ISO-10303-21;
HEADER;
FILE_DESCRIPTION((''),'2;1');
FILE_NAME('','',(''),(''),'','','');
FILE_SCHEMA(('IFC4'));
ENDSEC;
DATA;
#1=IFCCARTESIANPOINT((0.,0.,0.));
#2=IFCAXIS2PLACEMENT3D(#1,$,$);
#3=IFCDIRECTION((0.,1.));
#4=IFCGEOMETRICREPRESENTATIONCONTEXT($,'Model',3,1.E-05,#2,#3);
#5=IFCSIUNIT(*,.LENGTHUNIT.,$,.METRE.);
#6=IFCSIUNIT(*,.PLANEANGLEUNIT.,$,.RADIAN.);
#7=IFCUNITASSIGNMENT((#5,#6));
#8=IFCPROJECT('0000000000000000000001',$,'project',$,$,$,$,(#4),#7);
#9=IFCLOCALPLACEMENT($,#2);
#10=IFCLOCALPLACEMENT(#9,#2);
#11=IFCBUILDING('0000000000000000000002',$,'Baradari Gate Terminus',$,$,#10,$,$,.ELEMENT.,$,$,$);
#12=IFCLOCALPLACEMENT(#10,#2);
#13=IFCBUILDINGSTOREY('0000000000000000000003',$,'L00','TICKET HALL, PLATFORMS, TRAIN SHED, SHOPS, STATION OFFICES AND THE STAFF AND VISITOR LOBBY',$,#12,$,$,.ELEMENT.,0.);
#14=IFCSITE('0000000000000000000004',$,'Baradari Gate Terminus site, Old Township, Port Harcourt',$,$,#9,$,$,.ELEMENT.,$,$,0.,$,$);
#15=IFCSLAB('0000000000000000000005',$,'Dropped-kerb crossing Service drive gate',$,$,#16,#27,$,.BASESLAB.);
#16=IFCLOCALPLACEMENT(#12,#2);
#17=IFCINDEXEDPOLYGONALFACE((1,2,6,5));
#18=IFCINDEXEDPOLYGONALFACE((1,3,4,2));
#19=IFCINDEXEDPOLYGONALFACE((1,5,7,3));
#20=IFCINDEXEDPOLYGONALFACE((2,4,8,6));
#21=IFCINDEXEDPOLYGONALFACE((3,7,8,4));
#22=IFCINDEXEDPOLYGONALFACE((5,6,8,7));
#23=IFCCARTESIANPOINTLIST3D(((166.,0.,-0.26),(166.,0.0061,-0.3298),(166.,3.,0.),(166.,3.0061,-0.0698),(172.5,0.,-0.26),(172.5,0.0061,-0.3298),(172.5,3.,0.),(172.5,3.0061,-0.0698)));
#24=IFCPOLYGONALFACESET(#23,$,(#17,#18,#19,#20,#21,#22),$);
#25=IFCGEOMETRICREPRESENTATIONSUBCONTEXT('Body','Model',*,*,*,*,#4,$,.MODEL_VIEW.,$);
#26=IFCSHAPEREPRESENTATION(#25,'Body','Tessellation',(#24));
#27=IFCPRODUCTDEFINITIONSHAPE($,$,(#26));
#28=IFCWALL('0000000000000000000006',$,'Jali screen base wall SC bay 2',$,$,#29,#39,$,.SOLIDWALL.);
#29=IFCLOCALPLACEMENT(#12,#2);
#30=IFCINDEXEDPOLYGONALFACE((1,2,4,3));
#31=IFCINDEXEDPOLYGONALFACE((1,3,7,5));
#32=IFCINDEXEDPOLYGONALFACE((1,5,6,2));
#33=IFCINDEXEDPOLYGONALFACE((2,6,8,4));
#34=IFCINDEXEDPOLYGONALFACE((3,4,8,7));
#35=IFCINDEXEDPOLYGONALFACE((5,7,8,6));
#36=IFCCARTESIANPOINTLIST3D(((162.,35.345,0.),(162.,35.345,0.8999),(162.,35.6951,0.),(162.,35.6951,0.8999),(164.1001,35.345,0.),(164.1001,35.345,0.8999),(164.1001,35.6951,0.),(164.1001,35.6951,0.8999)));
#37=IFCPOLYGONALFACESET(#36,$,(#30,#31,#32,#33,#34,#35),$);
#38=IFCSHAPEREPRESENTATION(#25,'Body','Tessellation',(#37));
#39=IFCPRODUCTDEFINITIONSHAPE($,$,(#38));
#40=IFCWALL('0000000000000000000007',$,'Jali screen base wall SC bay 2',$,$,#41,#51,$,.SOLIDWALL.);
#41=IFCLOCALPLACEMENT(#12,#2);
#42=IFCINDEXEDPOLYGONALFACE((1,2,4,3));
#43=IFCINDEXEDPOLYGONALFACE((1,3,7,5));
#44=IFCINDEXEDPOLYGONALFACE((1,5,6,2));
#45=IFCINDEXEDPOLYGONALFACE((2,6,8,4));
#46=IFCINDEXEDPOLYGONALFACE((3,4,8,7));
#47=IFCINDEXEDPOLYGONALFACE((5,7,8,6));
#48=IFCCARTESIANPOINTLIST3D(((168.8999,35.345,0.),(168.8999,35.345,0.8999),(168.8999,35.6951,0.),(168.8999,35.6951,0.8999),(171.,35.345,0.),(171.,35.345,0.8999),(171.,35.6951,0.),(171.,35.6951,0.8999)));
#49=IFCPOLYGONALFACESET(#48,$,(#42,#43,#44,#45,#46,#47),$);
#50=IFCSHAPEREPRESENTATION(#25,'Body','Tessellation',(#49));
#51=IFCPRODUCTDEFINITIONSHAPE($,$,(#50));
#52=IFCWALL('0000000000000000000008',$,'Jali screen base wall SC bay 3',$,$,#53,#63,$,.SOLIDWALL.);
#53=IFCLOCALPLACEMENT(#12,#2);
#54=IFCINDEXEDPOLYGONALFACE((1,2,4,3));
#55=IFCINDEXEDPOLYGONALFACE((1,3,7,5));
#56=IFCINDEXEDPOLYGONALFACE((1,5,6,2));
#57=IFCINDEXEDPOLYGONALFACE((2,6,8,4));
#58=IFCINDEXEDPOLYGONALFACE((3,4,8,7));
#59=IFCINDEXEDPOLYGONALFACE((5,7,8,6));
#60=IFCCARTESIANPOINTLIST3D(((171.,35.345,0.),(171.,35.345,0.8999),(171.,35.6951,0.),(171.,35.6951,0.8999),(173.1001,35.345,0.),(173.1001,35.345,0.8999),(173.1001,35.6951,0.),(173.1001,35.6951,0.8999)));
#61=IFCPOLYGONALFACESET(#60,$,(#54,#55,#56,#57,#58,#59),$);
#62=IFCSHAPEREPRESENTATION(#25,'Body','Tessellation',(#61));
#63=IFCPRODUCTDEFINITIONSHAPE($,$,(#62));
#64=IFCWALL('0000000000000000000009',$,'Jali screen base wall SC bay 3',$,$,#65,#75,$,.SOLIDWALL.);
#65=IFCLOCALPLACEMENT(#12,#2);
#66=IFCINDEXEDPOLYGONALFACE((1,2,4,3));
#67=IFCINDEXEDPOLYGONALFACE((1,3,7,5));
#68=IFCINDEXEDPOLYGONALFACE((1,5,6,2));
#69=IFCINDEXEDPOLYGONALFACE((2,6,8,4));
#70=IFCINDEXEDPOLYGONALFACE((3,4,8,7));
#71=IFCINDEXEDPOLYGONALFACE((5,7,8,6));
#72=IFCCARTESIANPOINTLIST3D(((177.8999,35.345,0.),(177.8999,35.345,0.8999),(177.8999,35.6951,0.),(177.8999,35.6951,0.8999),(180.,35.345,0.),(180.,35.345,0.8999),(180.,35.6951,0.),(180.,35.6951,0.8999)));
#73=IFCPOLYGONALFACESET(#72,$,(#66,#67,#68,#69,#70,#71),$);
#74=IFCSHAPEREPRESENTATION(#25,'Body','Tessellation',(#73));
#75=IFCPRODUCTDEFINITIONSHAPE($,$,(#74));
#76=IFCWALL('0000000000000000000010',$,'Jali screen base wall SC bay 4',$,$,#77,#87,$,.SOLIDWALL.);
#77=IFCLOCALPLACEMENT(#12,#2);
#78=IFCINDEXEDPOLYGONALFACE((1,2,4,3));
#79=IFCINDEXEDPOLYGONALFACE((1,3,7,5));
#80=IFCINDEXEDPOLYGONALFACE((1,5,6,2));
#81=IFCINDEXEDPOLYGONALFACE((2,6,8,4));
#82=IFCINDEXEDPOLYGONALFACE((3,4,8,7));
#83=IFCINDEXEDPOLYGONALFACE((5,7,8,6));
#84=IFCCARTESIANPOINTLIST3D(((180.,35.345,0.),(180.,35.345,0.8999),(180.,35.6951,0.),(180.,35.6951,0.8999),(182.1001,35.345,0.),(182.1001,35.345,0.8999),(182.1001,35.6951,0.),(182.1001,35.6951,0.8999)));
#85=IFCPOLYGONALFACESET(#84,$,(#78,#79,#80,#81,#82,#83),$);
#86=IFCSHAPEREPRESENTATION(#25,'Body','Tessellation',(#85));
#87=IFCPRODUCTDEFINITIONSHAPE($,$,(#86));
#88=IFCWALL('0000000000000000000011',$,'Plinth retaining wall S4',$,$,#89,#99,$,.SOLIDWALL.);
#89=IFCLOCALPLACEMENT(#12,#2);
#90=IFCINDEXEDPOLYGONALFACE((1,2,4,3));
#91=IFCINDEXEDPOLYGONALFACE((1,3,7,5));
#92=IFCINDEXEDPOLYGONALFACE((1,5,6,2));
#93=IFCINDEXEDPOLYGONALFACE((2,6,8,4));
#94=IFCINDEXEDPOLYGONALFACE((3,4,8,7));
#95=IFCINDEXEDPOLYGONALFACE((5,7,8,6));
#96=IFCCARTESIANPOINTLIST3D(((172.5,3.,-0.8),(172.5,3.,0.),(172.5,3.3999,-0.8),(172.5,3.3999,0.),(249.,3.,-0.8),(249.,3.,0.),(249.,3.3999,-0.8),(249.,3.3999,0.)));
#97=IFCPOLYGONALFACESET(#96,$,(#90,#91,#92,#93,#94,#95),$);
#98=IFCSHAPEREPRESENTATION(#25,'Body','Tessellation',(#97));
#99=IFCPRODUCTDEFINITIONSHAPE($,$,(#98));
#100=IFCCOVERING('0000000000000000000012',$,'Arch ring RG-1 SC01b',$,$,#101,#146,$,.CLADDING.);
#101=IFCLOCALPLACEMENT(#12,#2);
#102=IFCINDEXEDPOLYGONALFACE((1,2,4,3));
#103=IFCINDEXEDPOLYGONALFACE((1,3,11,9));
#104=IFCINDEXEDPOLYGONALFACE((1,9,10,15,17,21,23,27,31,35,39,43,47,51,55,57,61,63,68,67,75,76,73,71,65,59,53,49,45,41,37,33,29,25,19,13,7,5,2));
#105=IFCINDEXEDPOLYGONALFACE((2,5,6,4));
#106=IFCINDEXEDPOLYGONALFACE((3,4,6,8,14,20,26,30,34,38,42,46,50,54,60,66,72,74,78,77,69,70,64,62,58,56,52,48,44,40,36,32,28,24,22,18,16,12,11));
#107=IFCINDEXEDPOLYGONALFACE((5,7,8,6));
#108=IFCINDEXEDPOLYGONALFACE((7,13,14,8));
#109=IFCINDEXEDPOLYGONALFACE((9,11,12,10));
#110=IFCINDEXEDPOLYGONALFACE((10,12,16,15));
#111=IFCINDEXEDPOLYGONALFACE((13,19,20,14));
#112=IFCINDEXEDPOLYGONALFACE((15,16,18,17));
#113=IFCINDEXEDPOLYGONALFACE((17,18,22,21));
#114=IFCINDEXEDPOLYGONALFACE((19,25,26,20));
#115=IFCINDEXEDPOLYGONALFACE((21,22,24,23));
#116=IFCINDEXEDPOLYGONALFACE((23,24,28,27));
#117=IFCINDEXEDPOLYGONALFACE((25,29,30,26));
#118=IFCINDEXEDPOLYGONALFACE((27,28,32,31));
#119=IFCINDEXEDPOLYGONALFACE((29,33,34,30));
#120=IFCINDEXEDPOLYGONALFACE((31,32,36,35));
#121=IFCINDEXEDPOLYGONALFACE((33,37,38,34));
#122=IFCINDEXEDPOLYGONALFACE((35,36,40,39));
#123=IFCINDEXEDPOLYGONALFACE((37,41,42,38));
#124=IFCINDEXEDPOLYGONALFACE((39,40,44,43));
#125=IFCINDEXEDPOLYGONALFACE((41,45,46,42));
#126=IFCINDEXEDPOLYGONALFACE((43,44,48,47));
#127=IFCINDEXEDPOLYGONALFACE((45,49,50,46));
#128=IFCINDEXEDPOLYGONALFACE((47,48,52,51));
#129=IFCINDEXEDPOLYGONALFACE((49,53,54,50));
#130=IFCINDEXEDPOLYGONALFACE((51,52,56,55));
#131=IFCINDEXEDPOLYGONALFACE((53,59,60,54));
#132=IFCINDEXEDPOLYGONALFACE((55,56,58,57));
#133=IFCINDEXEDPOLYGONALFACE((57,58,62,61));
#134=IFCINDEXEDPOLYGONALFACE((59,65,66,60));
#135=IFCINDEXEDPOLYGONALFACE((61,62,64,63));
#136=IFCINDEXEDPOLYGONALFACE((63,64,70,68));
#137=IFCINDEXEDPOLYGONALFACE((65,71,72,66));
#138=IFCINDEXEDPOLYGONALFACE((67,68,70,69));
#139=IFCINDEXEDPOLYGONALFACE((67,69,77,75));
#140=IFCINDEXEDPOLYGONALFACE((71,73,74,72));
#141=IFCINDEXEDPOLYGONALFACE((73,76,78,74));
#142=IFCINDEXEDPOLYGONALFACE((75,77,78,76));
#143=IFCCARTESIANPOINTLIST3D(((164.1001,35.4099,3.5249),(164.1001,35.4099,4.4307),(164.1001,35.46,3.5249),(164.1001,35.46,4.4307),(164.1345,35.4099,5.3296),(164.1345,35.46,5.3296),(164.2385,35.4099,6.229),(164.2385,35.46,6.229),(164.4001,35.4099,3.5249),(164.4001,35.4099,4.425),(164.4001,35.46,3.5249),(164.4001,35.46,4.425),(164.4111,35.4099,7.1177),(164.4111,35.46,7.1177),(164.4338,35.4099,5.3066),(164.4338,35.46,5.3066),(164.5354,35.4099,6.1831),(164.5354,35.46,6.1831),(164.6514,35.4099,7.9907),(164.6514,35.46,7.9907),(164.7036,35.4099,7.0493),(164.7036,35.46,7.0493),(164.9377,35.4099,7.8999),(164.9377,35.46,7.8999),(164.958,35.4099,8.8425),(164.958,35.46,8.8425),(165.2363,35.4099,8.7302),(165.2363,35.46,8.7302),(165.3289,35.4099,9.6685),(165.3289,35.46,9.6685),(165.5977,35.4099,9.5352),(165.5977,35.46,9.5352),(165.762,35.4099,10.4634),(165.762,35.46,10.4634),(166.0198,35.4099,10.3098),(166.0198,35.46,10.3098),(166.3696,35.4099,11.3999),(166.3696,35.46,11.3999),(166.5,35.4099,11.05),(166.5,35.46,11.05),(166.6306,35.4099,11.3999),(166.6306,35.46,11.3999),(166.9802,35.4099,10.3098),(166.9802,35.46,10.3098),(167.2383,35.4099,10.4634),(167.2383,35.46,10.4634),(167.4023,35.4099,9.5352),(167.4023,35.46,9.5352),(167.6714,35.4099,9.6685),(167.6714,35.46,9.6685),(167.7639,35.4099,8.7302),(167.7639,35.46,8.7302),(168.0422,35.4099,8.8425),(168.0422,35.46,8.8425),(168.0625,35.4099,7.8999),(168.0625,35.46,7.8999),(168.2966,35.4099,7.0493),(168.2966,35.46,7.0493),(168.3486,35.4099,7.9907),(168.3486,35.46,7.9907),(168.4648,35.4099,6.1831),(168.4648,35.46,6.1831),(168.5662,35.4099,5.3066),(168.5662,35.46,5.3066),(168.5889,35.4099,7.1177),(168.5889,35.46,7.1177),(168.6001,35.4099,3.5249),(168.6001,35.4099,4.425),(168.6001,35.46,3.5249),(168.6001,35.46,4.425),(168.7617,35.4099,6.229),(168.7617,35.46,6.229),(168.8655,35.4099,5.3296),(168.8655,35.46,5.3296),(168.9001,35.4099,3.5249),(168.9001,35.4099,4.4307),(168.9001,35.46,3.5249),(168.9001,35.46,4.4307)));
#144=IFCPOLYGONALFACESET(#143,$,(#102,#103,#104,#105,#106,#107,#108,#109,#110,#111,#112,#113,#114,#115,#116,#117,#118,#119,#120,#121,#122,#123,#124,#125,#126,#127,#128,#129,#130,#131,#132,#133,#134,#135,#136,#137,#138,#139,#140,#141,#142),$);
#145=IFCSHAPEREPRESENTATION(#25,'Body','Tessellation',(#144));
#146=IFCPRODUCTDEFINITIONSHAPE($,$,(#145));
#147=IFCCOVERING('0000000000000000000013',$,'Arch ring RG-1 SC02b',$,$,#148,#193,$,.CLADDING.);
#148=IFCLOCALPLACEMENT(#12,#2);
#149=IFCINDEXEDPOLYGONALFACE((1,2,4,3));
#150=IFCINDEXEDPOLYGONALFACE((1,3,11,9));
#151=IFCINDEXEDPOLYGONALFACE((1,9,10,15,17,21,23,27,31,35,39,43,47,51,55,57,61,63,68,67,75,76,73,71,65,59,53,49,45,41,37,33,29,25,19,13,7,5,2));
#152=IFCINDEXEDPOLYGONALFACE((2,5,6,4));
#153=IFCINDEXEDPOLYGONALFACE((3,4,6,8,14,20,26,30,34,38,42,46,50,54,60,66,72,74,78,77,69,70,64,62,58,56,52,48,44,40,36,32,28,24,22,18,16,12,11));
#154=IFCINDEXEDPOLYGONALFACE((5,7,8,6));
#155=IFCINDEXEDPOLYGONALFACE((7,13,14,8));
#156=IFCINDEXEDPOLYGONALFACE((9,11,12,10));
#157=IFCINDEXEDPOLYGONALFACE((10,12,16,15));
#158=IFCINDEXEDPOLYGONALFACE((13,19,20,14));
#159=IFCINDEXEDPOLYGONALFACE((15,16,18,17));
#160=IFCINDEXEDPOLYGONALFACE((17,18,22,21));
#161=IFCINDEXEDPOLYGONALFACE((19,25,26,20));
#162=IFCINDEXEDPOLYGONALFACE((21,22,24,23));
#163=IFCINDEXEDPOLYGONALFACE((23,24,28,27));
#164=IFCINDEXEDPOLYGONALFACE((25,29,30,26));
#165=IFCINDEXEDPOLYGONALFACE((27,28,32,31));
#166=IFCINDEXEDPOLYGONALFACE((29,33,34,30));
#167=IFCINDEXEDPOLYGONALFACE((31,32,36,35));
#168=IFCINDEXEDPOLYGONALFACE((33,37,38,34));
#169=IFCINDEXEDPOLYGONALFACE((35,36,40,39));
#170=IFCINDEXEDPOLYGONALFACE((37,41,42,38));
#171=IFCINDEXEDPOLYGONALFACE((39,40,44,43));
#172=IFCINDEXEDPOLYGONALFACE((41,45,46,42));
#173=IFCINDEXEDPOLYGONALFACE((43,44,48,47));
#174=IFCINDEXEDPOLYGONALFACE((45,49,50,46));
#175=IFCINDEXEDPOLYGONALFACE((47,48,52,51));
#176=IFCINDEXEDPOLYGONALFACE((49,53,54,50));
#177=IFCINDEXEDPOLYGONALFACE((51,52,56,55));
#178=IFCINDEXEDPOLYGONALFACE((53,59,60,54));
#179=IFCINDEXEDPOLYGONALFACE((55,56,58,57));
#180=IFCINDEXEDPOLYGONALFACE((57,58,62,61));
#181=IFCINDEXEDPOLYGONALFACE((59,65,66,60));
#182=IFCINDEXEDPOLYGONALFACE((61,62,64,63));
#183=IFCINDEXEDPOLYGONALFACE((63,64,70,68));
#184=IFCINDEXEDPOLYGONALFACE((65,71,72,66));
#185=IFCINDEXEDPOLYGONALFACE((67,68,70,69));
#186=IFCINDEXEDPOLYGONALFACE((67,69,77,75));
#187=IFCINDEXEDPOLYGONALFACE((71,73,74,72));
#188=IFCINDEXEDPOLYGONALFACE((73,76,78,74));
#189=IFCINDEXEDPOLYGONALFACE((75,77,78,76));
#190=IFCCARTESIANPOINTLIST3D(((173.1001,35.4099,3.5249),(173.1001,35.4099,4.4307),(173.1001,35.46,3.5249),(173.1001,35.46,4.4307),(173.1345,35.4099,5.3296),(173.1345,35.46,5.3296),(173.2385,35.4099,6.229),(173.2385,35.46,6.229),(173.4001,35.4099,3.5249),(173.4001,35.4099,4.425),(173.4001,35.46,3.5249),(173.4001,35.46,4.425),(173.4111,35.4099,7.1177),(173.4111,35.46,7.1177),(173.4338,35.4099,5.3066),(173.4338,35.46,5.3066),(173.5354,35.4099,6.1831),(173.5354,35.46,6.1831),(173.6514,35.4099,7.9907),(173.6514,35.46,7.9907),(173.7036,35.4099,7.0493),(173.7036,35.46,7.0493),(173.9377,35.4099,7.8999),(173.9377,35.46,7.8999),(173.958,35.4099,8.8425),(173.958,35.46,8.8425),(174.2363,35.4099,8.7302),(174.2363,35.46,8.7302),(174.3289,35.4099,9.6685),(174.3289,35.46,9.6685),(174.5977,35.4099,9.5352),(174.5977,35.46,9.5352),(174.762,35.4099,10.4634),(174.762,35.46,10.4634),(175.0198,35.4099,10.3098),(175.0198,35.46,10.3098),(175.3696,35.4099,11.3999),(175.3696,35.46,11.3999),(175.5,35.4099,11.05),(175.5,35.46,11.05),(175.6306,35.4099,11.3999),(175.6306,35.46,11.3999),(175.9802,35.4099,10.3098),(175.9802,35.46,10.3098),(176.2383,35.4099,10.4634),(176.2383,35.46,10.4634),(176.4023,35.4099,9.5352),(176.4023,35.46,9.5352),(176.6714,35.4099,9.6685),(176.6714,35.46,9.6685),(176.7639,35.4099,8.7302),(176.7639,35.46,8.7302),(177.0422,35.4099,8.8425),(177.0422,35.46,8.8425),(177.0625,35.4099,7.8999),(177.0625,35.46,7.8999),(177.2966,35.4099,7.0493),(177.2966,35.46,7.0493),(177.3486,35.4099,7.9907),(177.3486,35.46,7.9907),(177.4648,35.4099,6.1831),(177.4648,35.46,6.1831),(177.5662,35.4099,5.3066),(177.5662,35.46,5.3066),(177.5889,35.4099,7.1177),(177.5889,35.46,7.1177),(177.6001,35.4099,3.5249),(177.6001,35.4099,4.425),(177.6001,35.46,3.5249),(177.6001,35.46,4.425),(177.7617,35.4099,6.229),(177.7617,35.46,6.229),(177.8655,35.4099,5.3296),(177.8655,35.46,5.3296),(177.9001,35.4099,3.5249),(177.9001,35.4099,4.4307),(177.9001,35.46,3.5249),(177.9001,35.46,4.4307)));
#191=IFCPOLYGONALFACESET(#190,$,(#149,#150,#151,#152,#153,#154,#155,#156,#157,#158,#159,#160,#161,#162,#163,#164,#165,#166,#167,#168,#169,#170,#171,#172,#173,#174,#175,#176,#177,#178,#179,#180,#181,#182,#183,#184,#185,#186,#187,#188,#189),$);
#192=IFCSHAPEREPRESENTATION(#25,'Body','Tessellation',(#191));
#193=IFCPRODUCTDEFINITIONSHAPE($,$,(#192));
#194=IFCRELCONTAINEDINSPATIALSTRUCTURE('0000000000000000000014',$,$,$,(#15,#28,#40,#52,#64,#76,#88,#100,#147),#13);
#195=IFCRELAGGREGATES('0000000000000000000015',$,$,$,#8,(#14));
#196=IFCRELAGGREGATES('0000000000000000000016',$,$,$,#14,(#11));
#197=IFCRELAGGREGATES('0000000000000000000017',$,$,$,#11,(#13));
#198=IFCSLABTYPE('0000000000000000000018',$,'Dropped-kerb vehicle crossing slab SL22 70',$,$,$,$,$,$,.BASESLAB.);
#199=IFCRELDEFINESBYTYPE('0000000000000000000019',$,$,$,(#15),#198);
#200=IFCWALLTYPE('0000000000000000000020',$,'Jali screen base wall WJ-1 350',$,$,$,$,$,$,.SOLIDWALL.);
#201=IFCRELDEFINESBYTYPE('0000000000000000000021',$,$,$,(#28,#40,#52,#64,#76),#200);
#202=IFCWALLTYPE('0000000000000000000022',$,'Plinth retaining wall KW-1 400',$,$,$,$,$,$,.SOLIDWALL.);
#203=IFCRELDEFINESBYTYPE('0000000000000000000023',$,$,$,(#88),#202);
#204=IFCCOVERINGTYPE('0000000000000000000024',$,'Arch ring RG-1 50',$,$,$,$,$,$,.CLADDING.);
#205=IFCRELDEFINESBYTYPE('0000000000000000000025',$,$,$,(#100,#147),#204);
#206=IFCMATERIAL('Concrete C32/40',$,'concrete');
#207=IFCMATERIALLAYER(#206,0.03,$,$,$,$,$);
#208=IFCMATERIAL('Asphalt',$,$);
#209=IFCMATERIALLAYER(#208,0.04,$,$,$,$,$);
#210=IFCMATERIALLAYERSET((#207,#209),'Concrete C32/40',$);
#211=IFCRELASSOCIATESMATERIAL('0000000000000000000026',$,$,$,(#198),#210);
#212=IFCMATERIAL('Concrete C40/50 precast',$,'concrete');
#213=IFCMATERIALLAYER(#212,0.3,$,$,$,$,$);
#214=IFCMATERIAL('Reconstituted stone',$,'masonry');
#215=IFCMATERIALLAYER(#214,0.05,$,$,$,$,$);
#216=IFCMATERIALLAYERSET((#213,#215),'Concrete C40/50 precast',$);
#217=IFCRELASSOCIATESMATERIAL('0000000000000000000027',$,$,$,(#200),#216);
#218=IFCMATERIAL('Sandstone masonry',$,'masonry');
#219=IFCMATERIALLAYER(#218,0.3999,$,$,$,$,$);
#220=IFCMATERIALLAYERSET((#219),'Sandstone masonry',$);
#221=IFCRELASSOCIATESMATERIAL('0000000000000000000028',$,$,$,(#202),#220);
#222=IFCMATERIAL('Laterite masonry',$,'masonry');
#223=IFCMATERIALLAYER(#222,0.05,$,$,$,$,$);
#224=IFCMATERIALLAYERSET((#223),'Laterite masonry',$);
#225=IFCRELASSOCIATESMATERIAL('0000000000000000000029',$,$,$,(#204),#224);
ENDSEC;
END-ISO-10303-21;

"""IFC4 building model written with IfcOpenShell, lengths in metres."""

from ifc_helpers import new_model, si_unit, direction, frame, frame_2d, origin, place, context, subcontext, project, spatial, polyline, rectangle, outline, extrude, material, layer, layer_set, type_object, element, save


model = new_model("IFC4")

# Units and contexts
model_context = context("Model", 3, precision=1e-05, world=origin(), true_north=direction((0.0, 1.0)))
body_context = subcontext(model_context, "Body", "Model", "MODEL_VIEW")
ifc_project = project(units=[si_unit("LENGTHUNIT", "METRE"), si_unit("PLANEANGLEUNIT", "RADIAN")], contexts=[model_context])

# Site, building, storey
site_placement = place(None, origin())
site = spatial("IfcSite", under=ifc_project, at=site_placement, Name="Baradari Gate Terminus site, Old Township, Port Harcourt", CompositionType="ELEMENT", RefElevation=0.0)
building_placement = place(site_placement, origin())
building = spatial("IfcBuilding", under=site, at=building_placement, Name="Baradari Gate Terminus", CompositionType="ELEMENT")
storey_placement = place(building_placement, origin())
storey = spatial("IfcBuildingStorey", under=building, at=storey_placement, Name="L00", Description="TICKET HALL, PLATFORMS, TRAIN SHED, SHOPS, STATION OFFICES AND THE STAFF AND VISITOR LOBBY", CompositionType="ELEMENT", Elevation=0.0)

# Slab
ifc_material_1 = material(Name="Concrete C32/40", Category="concrete")
ifc_layer_1 = layer(ifc_material_1, 0.03)
ifc_material_2 = material(Name="Asphalt")
ifc_layer_2 = layer(ifc_material_2, 0.04)
ifc_layer_set_1 = layer_set([ifc_layer_1, ifc_layer_2], Name="Concrete C32/40")
slab_type = type_object("IfcSlabType", Name="Dropped-kerb vehicle crossing slab SL22 70", PredefinedType="BASESLAB", material=ifc_layer_set_1)
slab_placement = place(storey_placement, frame((166.0, 0.0, -0.26), z_axis=(0.0, -0.086346, 0.996265), x_axis=(1.0, 0.0, 0.0)))
element("IfcSlab", 1, at=slab_placement, inside=storey, type_object=slab_type, Name="Dropped-kerb crossing Service drive gate", PredefinedType="BASESLAB", context=body_context, shape_type="SweptSolid", body=[
    extrude(outline(polyline([(0.0, 0.0), (6.5, 0.0), (6.5, 3.0112), (0.0, 3.0112), (0.0, 0.0)])), origin(), (0.0, 0.0, -1.0), 0.0701),
])

# Walls
ifc_material_3 = material(Name="Concrete C40/50 precast", Category="concrete")
ifc_layer_3 = layer(ifc_material_3, 0.3)
ifc_material_4 = material(Name="Reconstituted stone", Category="masonry")
ifc_layer_4 = layer(ifc_material_4, 0.05)
ifc_layer_set_2 = layer_set([ifc_layer_3, ifc_layer_4], Name="Concrete C40/50 precast")
wall_type_1 = type_object("IfcWallType", Name="Jali screen base wall WJ-1 350", PredefinedType="SOLIDWALL", material=ifc_layer_set_2)
for number, where, z_axis, x_axis, name in (
    (2, (162.0, 35.52, 0.0), (0.0, 0.0, 1.0), (1.0, 0.0, 0.0), "Jali screen base wall SC bay 2"),
    (3, (168.8999, 35.52, 0.0), (0.0, 0.0, 1.0), (1.0, 0.0, 0.0), "Jali screen base wall SC bay 2"),
    (4, (171.0, 35.52, 0.0), (0.0, 0.0, 1.0), (1.0, 0.0, 0.0), "Jali screen base wall SC bay 3"),
    (5, (177.8999, 35.52, 0.0), (0.0, 0.0, 1.0), (1.0, 0.0, 0.0), "Jali screen base wall SC bay 3"),
    (6, (180.0, 35.52, 0.0), (0.0, 0.0, 1.0), (1.0, 0.0, 0.0), "Jali screen base wall SC bay 4"),
):
    element("IfcWall", number, at=place(storey_placement, frame(where, z_axis=z_axis, x_axis=x_axis)), inside=storey, type_object=wall_type_1, Name=name, PredefinedType="SOLIDWALL", context=body_context, shape_type="SweptSolid", body=[
        extrude(rectangle(XDim=2.1001, YDim=0.3501, at=frame_2d((1.05, 0.0))), origin(), (0.0, 0.0, 1.0), 0.8999),
    ])
ifc_material_5 = material(Name="Sandstone masonry", Category="masonry")
ifc_layer_5 = layer(ifc_material_5, 0.3999)
ifc_layer_set_3 = layer_set([ifc_layer_5], Name="Sandstone masonry")
wall_type_2 = type_object("IfcWallType", Name="Plinth retaining wall KW-1 400", PredefinedType="SOLIDWALL", material=ifc_layer_set_3)
wall_1_placement = place(storey_placement, frame((172.5, 3.2, -0.8), z_axis=(0.0, 0.0, 1.0), x_axis=(1.0, 0.0, 0.0)))
element("IfcWall", 7, at=wall_1_placement, inside=storey, type_object=wall_type_2, Name="Plinth retaining wall S4", PredefinedType="SOLIDWALL", context=body_context, shape_type="SweptSolid", body=[
    extrude(rectangle(XDim=76.5, YDim=0.3999, at=frame_2d((38.25, 0.0))), origin(), (0.0, 0.0, 1.0), 0.8),
])

# Coverings
ifc_material_6 = material(Name="Laterite masonry", Category="masonry")
ifc_layer_6 = layer(ifc_material_6, 0.05)
ifc_layer_set_4 = layer_set([ifc_layer_6], Name="Laterite masonry")
covering_type = type_object("IfcCoveringType", Name="Arch ring RG-1 50", PredefinedType="CLADDING", material=ifc_layer_set_4)
for number, where, z_axis, x_axis, name in (
    (8, (164.1001, 35.4351, 3.5249), (0.0, 0.0, 1.0), (1.0, 0.0, 0.0), "Arch ring RG-1 SC01b"),
    (9, (173.1001, 35.4351, 3.5249), (0.0, 0.0, 1.0), (1.0, 0.0, 0.0), "Arch ring RG-1 SC02b"),
):
    element("IfcCovering", number, at=place(storey_placement, frame(where, z_axis=z_axis, x_axis=x_axis)), inside=storey, type_object=covering_type, Name=name, PredefinedType="CLADDING", context=body_context, shape_type="SweptSolid", body=[
        extrude(outline(polyline([(0.0344, 1.8047), (0.0, 0.9058), (0.0, 0.0), (0.3, 0.0), (0.3, 0.9001), (0.3337, 1.7817), (0.4353, 2.6582), (0.6035, 3.5244), (0.8376, 4.375), (1.1362, 5.2053), (1.4976, 6.0103), (1.9197, 6.7849), (2.3999, 7.5251), (2.8801, 6.7849), (3.3022, 6.0103), (3.6638, 5.2053), (3.9624, 4.375), (4.1965, 3.5244), (4.3647, 2.6582), (4.4661, 1.7817), (4.5, 0.9001), (4.5, 0.0), (4.8, 0.0), (4.8, 0.9058), (4.7654, 1.8047), (4.6616, 2.7041), (4.4888, 3.5928), (4.2485, 4.4658), (3.9421, 5.3176), (3.5713, 6.1436), (3.1382, 6.9385), (2.5305, 7.875), (2.2695, 7.875), (1.6619, 6.9385), (1.2288, 6.1436), (0.8579, 5.3176), (0.5513, 4.4658), (0.311, 3.5928), (0.1384, 2.7041), (0.0344, 1.8047)])), frame((0.0, 0.0249, 0.0), z_axis=(0.0, -1.0, 0.0), x_axis=(1.0, 0.0, 0.0)), (0.0, 0.0, 1.0), 0.05),
    ])

save(model, "model.ifc")
